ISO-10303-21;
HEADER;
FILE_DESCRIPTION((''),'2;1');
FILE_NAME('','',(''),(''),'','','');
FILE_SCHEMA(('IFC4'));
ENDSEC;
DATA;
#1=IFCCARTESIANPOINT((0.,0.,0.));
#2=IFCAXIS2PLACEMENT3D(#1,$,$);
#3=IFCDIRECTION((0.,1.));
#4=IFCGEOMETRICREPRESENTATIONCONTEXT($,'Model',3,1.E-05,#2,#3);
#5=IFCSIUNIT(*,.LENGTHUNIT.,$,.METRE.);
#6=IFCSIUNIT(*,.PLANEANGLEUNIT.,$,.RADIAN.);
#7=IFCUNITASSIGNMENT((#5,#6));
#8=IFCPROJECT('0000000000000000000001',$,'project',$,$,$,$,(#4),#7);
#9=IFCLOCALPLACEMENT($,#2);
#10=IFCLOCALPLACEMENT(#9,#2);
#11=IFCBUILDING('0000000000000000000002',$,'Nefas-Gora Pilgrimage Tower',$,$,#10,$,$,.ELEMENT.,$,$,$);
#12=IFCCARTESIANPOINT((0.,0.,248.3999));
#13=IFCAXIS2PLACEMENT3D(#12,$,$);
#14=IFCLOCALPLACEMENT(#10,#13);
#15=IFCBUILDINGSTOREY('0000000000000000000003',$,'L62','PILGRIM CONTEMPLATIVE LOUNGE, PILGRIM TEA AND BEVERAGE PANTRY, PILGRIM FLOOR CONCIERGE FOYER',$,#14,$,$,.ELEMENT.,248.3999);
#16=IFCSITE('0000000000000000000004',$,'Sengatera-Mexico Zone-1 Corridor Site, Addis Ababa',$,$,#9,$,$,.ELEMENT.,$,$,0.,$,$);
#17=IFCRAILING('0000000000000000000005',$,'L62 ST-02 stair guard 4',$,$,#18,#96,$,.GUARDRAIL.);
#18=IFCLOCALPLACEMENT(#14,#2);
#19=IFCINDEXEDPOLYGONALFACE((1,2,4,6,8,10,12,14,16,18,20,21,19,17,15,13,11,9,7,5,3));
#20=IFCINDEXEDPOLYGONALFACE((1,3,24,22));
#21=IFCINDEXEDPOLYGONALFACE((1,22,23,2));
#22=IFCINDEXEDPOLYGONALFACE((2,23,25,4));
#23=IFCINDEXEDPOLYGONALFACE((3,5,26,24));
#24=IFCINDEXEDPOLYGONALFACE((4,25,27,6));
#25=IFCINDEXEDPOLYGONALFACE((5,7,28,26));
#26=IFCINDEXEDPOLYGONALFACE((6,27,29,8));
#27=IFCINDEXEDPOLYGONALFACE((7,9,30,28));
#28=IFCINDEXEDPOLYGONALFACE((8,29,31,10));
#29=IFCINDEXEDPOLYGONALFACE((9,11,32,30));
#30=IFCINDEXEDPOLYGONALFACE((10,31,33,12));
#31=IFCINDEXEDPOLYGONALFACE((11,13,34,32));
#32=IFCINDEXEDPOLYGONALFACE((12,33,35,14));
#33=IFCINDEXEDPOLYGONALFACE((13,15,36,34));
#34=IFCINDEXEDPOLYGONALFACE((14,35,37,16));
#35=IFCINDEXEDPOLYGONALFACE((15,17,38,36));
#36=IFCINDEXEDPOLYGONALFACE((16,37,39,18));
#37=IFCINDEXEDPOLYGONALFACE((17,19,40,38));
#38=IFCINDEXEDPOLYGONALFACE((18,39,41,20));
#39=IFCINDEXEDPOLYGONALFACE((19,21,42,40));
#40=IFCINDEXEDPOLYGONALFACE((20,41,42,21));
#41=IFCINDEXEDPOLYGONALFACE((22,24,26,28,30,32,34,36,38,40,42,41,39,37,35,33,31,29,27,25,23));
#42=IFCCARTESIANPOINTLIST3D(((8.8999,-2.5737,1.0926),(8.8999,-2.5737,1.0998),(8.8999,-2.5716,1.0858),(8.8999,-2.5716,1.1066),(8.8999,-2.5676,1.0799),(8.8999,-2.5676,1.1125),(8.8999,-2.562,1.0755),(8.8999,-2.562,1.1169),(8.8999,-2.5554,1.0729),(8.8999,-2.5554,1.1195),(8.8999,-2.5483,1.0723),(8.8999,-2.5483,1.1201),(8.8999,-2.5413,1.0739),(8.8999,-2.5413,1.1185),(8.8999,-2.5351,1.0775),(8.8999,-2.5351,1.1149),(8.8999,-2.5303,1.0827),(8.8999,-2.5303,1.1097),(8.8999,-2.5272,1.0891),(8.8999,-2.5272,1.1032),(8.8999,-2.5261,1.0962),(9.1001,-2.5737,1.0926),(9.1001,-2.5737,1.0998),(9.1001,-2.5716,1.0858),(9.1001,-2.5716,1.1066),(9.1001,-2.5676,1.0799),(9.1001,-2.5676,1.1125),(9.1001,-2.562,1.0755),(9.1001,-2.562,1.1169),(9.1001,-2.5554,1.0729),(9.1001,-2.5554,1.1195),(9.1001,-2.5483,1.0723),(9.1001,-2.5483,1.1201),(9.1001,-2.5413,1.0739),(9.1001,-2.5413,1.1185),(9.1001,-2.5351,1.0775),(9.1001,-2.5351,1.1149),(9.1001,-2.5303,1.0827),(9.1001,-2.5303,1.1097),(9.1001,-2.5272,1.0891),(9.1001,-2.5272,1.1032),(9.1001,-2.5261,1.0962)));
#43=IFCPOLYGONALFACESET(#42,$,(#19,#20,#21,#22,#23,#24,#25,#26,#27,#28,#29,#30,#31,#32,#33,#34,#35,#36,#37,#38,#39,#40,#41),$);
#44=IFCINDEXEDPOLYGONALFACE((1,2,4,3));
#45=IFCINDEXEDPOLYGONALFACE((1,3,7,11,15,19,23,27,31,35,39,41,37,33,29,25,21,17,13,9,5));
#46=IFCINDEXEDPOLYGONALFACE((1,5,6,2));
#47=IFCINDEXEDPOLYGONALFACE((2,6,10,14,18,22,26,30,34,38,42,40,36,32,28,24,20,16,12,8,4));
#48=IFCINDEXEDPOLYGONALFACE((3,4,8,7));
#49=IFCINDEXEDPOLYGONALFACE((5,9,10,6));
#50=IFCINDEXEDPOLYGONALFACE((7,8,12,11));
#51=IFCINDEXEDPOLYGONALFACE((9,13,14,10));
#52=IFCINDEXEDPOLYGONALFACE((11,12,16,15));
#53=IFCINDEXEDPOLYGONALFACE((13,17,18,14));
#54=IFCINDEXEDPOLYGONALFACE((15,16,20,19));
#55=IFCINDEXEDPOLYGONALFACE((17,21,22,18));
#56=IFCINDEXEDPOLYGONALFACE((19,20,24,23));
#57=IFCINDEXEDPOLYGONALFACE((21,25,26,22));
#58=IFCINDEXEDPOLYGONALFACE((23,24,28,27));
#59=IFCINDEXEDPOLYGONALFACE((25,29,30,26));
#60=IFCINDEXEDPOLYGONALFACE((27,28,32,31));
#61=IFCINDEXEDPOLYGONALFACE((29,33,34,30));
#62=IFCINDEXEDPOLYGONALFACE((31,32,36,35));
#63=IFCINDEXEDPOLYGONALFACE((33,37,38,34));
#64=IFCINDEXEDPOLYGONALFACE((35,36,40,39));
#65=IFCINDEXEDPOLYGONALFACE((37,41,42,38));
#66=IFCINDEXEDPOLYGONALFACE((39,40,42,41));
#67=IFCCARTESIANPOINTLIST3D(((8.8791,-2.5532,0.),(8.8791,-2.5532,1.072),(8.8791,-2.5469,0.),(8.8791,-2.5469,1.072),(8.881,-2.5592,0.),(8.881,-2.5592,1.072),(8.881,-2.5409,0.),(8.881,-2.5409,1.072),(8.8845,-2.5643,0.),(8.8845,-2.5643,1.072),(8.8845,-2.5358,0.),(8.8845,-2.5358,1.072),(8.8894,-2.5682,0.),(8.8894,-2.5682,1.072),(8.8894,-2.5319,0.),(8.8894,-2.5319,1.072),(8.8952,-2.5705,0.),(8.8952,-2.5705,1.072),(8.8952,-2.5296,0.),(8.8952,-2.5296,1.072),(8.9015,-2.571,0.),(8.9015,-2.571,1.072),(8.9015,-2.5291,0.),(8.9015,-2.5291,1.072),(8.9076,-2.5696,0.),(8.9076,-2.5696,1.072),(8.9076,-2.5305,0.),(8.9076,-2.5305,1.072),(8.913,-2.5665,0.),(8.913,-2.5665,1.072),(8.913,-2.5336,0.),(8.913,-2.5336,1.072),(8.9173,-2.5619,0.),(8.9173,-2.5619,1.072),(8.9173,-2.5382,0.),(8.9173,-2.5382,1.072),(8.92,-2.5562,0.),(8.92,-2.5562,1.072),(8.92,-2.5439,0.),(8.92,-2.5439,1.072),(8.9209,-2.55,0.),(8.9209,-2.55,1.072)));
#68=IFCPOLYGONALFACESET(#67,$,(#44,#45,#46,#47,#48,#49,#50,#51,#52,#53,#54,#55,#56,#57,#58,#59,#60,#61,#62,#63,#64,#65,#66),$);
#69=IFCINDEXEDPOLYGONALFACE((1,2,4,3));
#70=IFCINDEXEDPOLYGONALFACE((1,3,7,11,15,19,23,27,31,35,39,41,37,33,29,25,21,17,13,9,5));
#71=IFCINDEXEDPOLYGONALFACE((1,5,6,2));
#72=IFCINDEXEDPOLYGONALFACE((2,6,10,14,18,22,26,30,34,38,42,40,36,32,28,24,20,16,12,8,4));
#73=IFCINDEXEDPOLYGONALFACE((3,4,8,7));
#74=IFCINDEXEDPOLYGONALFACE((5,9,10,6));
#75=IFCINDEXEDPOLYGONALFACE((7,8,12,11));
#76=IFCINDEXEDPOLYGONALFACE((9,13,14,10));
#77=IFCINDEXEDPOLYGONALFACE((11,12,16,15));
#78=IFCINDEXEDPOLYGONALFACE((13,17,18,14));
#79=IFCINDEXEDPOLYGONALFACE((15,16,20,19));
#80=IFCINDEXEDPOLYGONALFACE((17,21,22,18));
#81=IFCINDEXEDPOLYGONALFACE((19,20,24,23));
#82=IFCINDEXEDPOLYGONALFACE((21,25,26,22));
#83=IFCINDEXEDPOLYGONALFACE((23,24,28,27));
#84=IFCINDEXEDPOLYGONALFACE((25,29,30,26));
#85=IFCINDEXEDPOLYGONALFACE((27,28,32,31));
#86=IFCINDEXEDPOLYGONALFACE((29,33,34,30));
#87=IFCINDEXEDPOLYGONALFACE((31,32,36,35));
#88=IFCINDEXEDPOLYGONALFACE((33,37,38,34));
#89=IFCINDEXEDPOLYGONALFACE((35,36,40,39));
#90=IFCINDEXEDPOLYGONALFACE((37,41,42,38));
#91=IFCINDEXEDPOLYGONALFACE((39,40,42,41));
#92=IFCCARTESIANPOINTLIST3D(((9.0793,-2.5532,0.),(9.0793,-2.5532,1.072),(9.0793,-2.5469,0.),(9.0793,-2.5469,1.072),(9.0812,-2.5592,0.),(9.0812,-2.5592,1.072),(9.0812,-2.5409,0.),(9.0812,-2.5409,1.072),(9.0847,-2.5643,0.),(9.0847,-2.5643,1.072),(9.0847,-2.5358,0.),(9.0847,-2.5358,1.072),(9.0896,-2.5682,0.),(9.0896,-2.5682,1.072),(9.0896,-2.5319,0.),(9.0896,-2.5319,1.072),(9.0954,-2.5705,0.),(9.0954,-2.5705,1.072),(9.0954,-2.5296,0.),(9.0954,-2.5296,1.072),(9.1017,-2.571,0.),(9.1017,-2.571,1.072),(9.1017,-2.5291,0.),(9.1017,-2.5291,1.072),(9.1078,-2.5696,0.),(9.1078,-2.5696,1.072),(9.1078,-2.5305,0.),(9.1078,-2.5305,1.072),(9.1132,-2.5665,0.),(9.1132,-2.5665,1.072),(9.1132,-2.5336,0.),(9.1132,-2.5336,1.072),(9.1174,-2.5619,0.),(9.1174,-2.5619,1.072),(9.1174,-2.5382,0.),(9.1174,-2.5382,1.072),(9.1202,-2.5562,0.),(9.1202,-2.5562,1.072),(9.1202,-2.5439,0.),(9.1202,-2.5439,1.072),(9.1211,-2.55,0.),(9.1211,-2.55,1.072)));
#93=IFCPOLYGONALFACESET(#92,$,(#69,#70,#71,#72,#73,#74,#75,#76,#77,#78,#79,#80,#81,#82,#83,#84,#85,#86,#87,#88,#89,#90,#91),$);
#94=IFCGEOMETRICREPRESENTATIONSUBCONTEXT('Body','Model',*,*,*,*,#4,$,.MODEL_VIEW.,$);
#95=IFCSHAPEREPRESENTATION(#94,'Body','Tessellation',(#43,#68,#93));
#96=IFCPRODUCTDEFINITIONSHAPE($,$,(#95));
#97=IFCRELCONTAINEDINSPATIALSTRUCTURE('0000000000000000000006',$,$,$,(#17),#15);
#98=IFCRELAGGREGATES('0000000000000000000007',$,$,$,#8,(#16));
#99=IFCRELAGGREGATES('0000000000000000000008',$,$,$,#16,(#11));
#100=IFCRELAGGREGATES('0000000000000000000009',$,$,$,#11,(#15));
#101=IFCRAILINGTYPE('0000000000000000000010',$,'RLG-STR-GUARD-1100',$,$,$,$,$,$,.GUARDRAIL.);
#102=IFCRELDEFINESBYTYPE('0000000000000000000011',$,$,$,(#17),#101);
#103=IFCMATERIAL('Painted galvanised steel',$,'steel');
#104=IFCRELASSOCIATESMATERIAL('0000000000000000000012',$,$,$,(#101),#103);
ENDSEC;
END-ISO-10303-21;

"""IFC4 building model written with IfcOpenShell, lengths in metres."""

from ifc_helpers import new_model, si_unit, direction, frame, origin, origin_2d, place, context, subcontext, project, spatial, circle, extrude, material, type_object, element, save


model = new_model("IFC4")

# Units and contexts
model_context = context("Model", 3, precision=1e-05, world=origin(), true_north=direction((0.0, 1.0)))
body_context = subcontext(model_context, "Body", "Model", "MODEL_VIEW")
ifc_project = project(units=[si_unit("LENGTHUNIT", "METRE"), si_unit("PLANEANGLEUNIT", "RADIAN")], contexts=[model_context])

# Site, building, storey
site_placement = place(None, origin())
site = spatial("IfcSite", under=ifc_project, at=site_placement, Name="Sengatera-Mexico Zone-1 Corridor Site, Addis Ababa", CompositionType="ELEMENT", RefElevation=0.0)
building_placement = place(site_placement, origin())
building = spatial("IfcBuilding", under=site, at=building_placement, Name="Nefas-Gora Pilgrimage Tower", CompositionType="ELEMENT")
storey_placement = place(building_placement, frame((0.0, 0.0, 248.3999)))
storey = spatial("IfcBuildingStorey", under=building, at=storey_placement, Name="L62", Description="PILGRIM CONTEMPLATIVE LOUNGE, PILGRIM TEA AND BEVERAGE PANTRY, PILGRIM FLOOR CONCIERGE FOYER", CompositionType="ELEMENT", Elevation=248.3999)

# Railing
ifc_material_1 = material(Name="Painted galvanised steel", Category="steel")
railing_type_1 = type_object("IfcRailingType", Name="RLG-STR-GUARD-1100", PredefinedType="GUARDRAIL", material=ifc_material_1)
railing_1_placement = place(storey_placement, frame((8.8999, -2.55, 0.0)))
element("IfcRailing", 1, at=railing_1_placement, inside=storey, type_object=railing_type_1, Name="L62 ST-02 stair guard 4", PredefinedType="GUARDRAIL", context=body_context, shape_type="SweptSolid", body=[
    extrude(circle(Radius=0.0239, at=origin_2d()), frame((0.0, 0.0, 1.0962), z_axis=(1.0, 0.0, 0.0), x_axis=(0.0, 1.0, 0.0)), (0.0, 0.0, 1.0), 0.2002),
    extrude(circle(Radius=0.021, at=origin_2d()), origin(), (0.0, 0.0, 1.0), 1.072),
    extrude(circle(Radius=0.021, at=origin_2d()), frame((0.2002, 0.0, 0.0)), (0.0, 0.0, 1.0), 1.072),
])

save(model, "model.ifc")
